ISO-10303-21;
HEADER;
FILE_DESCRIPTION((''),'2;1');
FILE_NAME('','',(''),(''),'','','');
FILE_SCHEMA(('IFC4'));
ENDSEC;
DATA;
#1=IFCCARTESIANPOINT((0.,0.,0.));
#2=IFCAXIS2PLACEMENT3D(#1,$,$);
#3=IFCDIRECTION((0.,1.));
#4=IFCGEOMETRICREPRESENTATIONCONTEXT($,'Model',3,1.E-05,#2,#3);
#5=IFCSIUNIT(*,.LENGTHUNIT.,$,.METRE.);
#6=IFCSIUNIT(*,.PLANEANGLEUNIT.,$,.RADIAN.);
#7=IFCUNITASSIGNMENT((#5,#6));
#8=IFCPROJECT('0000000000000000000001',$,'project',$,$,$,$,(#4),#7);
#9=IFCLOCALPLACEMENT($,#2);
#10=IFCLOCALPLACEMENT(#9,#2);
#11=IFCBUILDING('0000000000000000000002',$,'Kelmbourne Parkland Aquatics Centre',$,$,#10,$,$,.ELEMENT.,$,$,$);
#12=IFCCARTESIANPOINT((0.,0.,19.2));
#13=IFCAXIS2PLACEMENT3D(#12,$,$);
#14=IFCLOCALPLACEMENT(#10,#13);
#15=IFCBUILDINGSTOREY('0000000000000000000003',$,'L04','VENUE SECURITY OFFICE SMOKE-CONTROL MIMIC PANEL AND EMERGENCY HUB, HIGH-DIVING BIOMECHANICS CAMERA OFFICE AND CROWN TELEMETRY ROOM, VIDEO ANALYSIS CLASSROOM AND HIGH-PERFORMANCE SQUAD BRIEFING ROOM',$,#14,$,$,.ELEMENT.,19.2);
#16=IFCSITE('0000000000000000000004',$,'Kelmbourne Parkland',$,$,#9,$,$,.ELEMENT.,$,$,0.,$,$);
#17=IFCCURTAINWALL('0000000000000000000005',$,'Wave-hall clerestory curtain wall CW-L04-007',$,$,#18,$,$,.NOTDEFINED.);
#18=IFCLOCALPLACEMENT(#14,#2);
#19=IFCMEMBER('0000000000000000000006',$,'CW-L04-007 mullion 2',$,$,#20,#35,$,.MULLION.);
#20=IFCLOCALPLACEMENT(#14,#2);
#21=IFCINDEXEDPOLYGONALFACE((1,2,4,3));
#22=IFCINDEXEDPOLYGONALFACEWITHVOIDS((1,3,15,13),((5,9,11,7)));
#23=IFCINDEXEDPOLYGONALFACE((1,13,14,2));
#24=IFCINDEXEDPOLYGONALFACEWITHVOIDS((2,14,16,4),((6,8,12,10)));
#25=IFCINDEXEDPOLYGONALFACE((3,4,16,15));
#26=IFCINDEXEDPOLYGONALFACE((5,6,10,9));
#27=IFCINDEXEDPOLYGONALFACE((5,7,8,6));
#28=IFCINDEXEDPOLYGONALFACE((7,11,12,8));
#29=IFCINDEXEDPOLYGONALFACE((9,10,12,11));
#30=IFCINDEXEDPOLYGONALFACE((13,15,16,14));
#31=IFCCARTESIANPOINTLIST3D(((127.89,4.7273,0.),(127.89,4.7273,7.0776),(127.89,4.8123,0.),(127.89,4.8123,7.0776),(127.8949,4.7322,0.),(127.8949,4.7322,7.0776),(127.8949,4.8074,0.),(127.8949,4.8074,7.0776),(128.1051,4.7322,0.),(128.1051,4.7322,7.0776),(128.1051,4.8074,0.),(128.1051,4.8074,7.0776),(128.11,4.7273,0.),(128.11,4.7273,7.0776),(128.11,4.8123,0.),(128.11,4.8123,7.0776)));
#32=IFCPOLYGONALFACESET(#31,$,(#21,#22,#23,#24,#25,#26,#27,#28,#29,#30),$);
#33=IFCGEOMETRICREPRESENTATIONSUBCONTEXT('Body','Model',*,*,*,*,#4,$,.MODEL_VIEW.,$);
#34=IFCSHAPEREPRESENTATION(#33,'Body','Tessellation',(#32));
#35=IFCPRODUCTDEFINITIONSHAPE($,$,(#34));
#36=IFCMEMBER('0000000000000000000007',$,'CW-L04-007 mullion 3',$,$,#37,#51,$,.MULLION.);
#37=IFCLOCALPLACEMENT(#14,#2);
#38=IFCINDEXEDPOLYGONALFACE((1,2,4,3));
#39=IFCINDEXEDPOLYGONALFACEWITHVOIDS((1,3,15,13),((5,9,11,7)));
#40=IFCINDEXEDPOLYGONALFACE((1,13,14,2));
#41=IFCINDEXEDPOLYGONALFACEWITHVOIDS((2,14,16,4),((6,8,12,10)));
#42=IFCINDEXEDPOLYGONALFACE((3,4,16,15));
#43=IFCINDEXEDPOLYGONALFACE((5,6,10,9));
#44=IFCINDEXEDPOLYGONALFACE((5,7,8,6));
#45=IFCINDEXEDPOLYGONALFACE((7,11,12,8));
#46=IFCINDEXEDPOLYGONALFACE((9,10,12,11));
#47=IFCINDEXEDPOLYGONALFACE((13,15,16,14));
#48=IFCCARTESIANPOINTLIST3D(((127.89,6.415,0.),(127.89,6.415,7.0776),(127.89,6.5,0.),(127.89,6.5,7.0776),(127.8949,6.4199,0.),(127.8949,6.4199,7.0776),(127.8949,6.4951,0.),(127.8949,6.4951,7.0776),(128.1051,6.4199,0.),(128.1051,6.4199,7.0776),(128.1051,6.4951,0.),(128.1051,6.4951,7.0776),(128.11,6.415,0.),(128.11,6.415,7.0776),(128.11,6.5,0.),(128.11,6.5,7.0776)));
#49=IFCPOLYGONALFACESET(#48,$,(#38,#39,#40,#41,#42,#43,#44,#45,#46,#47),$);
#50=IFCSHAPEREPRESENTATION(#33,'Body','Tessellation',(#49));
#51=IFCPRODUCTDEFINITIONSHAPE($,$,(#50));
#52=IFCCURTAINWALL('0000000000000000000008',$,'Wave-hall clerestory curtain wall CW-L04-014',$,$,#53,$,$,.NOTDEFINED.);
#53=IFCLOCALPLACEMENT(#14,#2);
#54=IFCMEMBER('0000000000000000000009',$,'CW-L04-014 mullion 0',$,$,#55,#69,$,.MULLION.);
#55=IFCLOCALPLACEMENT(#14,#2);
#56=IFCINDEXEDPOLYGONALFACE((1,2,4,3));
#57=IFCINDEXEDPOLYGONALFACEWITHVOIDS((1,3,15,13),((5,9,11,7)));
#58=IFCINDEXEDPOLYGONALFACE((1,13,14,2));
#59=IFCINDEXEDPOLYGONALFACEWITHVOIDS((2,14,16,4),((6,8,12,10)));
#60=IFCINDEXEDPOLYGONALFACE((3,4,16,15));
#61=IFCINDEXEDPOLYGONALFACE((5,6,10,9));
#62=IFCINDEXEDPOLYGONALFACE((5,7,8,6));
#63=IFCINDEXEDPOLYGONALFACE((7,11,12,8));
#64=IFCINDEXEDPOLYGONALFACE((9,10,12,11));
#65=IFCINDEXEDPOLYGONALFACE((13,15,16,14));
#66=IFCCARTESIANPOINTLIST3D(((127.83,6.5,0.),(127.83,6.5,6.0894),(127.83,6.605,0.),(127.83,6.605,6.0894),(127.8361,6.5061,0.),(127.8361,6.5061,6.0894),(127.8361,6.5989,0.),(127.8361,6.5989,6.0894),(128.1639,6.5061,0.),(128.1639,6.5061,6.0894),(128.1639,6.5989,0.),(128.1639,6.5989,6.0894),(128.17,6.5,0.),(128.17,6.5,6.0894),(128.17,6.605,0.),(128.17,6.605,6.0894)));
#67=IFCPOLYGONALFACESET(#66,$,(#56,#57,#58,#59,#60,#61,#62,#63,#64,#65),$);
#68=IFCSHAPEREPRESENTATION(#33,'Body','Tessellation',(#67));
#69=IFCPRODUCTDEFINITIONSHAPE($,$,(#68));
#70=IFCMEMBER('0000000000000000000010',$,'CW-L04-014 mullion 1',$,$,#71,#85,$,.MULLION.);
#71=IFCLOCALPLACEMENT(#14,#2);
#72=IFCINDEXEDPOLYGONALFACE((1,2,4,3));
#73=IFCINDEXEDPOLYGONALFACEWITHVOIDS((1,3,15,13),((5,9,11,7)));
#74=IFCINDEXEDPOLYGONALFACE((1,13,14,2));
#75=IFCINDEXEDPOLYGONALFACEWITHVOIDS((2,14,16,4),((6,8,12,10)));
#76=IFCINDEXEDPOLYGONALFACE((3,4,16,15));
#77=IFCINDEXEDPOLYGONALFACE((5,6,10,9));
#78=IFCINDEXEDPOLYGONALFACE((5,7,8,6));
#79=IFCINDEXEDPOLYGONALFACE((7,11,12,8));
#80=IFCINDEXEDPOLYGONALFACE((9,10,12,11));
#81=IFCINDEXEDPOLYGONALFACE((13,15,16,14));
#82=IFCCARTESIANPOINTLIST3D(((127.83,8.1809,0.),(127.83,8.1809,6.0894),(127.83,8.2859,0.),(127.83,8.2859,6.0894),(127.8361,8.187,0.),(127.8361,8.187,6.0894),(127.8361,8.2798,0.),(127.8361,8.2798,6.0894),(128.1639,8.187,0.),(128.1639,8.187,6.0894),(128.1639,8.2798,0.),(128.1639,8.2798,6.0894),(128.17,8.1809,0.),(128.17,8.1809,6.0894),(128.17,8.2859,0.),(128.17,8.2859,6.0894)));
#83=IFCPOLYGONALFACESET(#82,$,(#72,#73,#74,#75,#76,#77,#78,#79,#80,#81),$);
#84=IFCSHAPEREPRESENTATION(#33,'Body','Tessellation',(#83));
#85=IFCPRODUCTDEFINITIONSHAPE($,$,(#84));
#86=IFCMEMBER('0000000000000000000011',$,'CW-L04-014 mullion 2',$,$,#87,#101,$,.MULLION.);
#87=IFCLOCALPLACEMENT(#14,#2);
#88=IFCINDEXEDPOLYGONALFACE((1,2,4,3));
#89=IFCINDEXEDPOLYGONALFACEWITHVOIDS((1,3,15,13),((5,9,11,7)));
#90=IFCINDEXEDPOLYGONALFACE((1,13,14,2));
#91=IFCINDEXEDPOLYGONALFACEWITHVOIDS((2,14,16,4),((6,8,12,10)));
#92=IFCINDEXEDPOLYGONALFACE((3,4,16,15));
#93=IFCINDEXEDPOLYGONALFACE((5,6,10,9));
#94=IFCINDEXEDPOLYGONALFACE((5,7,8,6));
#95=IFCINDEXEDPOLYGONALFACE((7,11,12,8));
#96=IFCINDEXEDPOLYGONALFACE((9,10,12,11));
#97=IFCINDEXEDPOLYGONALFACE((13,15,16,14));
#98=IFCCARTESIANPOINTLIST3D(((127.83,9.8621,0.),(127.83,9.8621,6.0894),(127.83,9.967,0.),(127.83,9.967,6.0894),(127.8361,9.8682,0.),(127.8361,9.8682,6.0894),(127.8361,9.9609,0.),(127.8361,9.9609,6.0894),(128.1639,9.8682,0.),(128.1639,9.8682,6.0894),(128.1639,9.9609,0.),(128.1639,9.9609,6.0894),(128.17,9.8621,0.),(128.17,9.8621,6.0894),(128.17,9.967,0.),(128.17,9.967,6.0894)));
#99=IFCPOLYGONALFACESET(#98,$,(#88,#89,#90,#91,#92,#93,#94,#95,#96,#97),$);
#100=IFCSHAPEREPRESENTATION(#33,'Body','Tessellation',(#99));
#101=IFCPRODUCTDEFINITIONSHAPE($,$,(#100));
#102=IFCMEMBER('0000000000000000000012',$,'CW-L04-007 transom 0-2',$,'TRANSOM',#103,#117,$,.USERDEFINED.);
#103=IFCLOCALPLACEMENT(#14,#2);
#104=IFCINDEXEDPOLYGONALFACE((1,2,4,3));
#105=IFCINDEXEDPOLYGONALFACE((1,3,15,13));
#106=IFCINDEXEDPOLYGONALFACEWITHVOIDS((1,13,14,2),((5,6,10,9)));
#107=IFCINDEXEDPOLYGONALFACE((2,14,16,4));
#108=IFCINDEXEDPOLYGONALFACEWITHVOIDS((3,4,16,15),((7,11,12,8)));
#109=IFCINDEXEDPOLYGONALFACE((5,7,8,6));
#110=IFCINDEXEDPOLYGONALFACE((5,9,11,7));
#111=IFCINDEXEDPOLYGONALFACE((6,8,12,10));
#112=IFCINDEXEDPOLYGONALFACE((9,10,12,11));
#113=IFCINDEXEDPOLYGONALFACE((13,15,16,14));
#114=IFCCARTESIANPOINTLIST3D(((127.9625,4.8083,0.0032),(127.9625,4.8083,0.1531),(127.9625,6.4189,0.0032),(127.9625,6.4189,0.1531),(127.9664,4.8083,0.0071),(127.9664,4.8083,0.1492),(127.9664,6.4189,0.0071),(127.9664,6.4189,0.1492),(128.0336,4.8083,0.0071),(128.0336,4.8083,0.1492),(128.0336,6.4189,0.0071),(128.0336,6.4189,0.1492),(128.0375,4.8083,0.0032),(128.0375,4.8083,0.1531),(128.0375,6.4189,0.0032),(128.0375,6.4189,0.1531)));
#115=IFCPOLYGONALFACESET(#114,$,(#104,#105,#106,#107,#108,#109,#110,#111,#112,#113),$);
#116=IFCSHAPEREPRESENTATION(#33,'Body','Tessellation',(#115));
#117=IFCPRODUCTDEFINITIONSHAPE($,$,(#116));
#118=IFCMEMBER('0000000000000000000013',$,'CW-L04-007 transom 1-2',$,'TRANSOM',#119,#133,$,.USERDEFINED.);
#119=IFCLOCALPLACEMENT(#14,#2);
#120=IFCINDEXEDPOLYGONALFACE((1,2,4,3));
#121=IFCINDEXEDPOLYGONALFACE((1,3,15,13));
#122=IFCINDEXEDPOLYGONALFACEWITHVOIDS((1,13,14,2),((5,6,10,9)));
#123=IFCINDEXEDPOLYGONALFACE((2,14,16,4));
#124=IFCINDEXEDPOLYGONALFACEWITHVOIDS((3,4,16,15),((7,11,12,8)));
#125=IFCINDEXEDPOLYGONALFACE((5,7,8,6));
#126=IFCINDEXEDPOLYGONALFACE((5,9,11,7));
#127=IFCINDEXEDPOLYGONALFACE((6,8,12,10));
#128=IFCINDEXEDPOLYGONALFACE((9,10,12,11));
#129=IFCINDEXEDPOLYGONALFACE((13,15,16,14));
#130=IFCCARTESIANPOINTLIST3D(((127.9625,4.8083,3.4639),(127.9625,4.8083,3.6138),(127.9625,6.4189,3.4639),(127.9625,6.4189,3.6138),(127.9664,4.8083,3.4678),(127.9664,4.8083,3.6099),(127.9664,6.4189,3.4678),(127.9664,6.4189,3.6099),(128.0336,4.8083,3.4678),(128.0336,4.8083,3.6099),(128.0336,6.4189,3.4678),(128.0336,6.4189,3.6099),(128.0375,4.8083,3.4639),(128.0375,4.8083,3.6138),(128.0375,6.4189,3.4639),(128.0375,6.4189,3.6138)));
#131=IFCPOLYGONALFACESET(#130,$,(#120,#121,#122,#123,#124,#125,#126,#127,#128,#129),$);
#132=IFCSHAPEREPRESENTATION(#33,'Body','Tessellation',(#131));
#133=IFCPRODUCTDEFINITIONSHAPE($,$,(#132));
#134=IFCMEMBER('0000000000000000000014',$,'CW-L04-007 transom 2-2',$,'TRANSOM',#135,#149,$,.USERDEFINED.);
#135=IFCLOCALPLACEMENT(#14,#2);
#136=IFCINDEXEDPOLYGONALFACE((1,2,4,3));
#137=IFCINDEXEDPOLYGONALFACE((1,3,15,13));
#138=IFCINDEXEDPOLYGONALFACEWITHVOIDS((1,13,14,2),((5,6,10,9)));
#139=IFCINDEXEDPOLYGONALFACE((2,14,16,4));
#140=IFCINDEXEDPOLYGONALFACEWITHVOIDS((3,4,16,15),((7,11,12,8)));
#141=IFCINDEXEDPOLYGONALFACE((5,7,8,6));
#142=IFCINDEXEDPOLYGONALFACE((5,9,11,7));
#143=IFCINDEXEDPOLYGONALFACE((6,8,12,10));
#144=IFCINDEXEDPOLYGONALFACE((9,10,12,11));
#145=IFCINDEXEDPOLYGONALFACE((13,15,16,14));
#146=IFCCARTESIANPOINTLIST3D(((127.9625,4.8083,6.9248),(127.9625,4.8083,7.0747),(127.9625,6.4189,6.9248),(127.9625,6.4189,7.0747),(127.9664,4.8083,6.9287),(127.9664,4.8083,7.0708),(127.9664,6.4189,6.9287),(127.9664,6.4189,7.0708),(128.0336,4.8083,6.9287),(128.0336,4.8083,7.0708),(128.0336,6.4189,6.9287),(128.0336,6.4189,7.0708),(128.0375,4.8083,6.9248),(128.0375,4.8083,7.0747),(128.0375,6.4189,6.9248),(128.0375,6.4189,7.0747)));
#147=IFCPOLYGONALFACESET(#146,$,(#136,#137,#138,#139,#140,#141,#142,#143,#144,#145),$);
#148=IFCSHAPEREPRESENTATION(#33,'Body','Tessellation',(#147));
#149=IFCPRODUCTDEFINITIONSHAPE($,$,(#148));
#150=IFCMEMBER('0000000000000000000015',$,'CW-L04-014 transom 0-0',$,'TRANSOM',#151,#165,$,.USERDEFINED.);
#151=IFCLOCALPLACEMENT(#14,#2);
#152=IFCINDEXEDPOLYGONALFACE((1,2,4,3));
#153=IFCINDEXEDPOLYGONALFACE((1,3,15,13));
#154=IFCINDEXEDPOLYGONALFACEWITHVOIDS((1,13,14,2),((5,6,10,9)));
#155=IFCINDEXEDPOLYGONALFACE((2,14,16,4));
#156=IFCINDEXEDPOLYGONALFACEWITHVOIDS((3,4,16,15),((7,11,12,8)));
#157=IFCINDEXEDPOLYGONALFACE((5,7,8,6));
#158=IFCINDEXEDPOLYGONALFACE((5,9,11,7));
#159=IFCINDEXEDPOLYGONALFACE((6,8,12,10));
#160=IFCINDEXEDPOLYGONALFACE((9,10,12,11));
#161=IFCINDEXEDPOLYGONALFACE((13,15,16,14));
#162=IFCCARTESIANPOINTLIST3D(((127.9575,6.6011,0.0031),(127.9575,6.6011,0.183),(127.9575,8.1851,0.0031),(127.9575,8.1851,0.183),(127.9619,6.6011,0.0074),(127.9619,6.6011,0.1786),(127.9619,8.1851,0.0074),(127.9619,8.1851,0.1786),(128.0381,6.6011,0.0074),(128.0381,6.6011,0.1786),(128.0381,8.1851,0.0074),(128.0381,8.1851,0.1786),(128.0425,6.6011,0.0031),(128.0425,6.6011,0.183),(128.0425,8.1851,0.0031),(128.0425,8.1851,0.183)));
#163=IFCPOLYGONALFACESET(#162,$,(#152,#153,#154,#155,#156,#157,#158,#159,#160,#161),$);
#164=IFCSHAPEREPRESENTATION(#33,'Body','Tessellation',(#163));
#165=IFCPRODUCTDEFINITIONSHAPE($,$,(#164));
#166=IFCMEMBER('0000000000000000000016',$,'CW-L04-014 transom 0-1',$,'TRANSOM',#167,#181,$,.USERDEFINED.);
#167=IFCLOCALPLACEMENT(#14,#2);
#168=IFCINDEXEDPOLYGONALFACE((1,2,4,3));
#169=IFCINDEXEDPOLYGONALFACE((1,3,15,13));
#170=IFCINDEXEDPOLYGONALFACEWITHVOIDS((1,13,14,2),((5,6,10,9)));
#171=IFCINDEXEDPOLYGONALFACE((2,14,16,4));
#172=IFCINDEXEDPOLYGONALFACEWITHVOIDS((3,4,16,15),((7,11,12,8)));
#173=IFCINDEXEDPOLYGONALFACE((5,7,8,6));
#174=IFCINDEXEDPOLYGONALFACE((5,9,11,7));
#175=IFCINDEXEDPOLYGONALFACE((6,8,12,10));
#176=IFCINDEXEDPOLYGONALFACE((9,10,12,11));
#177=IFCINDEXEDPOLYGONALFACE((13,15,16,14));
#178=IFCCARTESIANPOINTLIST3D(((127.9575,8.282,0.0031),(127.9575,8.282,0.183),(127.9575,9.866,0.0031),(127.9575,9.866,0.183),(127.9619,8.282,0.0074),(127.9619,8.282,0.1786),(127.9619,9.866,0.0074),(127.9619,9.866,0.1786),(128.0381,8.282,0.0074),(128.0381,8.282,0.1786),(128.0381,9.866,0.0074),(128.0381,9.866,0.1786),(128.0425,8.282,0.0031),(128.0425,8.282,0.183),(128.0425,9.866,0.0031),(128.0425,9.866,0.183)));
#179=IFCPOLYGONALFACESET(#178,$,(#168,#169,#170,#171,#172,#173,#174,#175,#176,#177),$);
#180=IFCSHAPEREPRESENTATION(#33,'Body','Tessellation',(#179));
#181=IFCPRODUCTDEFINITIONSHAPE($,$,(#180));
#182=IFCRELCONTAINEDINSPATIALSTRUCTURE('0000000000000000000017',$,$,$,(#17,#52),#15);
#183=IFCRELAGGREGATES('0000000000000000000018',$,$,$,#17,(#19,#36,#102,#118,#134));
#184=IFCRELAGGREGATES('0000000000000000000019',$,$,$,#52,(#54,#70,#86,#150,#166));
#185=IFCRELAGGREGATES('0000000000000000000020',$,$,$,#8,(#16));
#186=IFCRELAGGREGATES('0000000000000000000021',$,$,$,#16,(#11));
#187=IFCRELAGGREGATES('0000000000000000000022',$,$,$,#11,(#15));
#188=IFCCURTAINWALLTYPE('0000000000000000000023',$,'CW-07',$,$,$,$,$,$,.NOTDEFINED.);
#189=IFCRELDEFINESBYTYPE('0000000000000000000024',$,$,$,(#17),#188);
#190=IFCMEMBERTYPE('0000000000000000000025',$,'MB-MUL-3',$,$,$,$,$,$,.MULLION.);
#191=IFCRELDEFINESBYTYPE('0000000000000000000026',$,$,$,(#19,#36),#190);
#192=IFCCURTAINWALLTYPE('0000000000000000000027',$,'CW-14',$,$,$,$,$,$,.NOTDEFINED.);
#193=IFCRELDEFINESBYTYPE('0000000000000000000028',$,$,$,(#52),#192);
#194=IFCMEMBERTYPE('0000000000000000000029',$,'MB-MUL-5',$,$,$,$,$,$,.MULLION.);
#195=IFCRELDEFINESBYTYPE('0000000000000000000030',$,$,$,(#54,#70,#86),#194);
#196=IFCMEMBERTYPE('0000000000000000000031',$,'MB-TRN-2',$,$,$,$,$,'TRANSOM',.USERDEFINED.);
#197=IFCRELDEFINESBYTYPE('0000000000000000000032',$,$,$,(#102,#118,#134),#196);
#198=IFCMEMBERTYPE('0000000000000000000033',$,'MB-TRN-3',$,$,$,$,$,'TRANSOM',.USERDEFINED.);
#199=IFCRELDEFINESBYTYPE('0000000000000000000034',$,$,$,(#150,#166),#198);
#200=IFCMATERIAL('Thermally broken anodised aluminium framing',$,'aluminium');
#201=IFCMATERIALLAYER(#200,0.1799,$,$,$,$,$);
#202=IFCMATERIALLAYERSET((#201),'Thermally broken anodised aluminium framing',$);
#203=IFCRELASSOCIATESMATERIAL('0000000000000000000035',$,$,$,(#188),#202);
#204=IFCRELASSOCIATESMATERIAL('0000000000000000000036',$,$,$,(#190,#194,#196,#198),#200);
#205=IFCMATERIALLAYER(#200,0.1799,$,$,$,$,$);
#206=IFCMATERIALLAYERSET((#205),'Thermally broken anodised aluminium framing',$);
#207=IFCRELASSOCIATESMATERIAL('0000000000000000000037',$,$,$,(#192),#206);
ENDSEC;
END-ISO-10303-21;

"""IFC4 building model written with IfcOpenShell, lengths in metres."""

from ifc_helpers import new_model, si_unit, direction, frame, origin, origin_2d, place, context, subcontext, project, spatial, hollow_rectangle, extrude, material, layer, layer_set, material_profile, profile_set, type_object, element, aggregate, save


model = new_model("IFC4")

# Units and contexts
model_context = context("Model", 3, precision=1e-05, world=origin(), true_north=direction((0.0, 1.0)))
body_context = subcontext(model_context, "Body", "Model", "MODEL_VIEW")
ifc_project = project(units=[si_unit("LENGTHUNIT", "METRE"), si_unit("PLANEANGLEUNIT", "RADIAN")], contexts=[model_context])

# Site, building, storey
site_placement = place(None, origin())
site = spatial("IfcSite", under=ifc_project, at=site_placement, Name="Kelmbourne Parkland", CompositionType="ELEMENT", RefElevation=0.0)
building_placement = place(site_placement, origin())
building = spatial("IfcBuilding", under=site, at=building_placement, Name="Kelmbourne Parkland Aquatics Centre", CompositionType="ELEMENT")
storey_placement = place(building_placement, frame((0.0, 0.0, 19.2)))
storey = spatial("IfcBuildingStorey", under=building, at=storey_placement, Name="L04", Description="VENUE SECURITY OFFICE SMOKE-CONTROL MIMIC PANEL AND EMERGENCY HUB, HIGH-DIVING BIOMECHANICS CAMERA OFFICE AND CROWN TELEMETRY ROOM, VIDEO ANALYSIS CLASSROOM AND HIGH-PERFORMANCE SQUAD BRIEFING ROOM", CompositionType="ELEMENT", Elevation=19.2)

# Curtain walls, members
ifc_material_1 = material(Name="Thermally broken anodised aluminium framing", Category="aluminium")
ifc_layer_1 = layer(ifc_material_1, 0.1799)
ifc_layer_set_1 = layer_set([ifc_layer_1], Name="Thermally broken anodised aluminium framing")
curtain_wall_type_1 = type_object("IfcCurtainWallType", Name="CW-07", PredefinedType="NOTDEFINED", material=ifc_layer_set_1)
curtain_wall_1_placement = place(storey_placement, origin())
curtain_wall_1 = element("IfcCurtainWall", 1, at=curtain_wall_1_placement, inside=storey, type_object=curtain_wall_type_1, Name="Wave-hall clerestory curtain wall CW-L04-007", PredefinedType="NOTDEFINED")
ifc_material_profile_1 = material_profile(ifc_material_1, hollow_rectangle(XDim=0.085, YDim=0.22, WallThickness=0.0049, at=origin_2d()), Name="CW-M 85x220")
ifc_profile_set_1 = profile_set([ifc_material_profile_1], Name="Thermally broken anodised aluminium framing")
member_type_1 = type_object("IfcMemberType", Name="MB-MUL-3", PredefinedType="MULLION", material=ifc_profile_set_1)
member_1_placement = place(storey_placement, frame((128.0, 4.7698, 0.0), z_axis=(0.0, 0.0, 1.0), x_axis=(0.0, 1.0, 0.0)))
member_1 = element("IfcMember", 2, at=member_1_placement, type_object=member_type_1, Name="CW-L04-007 mullion 2", PredefinedType="MULLION", context=body_context, shape_type="SweptSolid", body=[
    extrude(hollow_rectangle(XDim=0.085, YDim=0.22, WallThickness=0.0049, at=origin_2d()), origin(), (0.0, 0.0, 1.0), 7.0776),
])
member_2_placement = place(storey_placement, frame((128.0, 6.4575, 0.0), z_axis=(0.0, 0.0, 1.0), x_axis=(0.0, 1.0, 0.0)))
member_2 = element("IfcMember", 3, at=member_2_placement, type_object=member_type_1, Name="CW-L04-007 mullion 3", PredefinedType="MULLION", context=body_context, shape_type="SweptSolid", body=[
    extrude(hollow_rectangle(XDim=0.085, YDim=0.22, WallThickness=0.0049, at=origin_2d()), origin(), (0.0, 0.0, 1.0), 7.0776),
])
ifc_layer_2 = layer(ifc_material_1, 0.1799)
ifc_layer_set_2 = layer_set([ifc_layer_2], Name="Thermally broken anodised aluminium framing")
curtain_wall_type_2 = type_object("IfcCurtainWallType", Name="CW-14", PredefinedType="NOTDEFINED", material=ifc_layer_set_2)
curtain_wall_2_placement = place(storey_placement, origin())
curtain_wall_2 = element("IfcCurtainWall", 4, at=curtain_wall_2_placement, inside=storey, type_object=curtain_wall_type_2, Name="Wave-hall clerestory curtain wall CW-L04-014", PredefinedType="NOTDEFINED")
ifc_material_profile_2 = material_profile(ifc_material_1, hollow_rectangle(XDim=0.105, YDim=0.3401, WallThickness=0.0061, at=origin_2d()), Name="CW-M 105x340")
ifc_profile_set_2 = profile_set([ifc_material_profile_2], Name="Thermally broken anodised aluminium framing")
member_type_2 = type_object("IfcMemberType", Name="MB-MUL-5", PredefinedType="MULLION", material=ifc_profile_set_2)
member_3_placement = place(storey_placement, frame((128.0, 6.5525, 0.0), z_axis=(0.0, 0.0, 1.0), x_axis=(0.0, 1.0, 0.0)))
member_3 = element("IfcMember", 5, at=member_3_placement, type_object=member_type_2, Name="CW-L04-014 mullion 0", PredefinedType="MULLION", context=body_context, shape_type="SweptSolid", body=[
    extrude(hollow_rectangle(XDim=0.105, YDim=0.3401, WallThickness=0.0061, at=origin_2d()), origin(), (0.0, 0.0, 1.0), 6.0894),
])
member_4_placement = place(storey_placement, frame((128.0, 8.2334, 0.0), z_axis=(0.0, 0.0, 1.0), x_axis=(0.0, 1.0, 0.0)))
member_4 = element("IfcMember", 6, at=member_4_placement, type_object=member_type_2, Name="CW-L04-014 mullion 1", PredefinedType="MULLION", context=body_context, shape_type="SweptSolid", body=[
    extrude(hollow_rectangle(XDim=0.105, YDim=0.3401, WallThickness=0.0061, at=origin_2d()), origin(), (0.0, 0.0, 1.0), 6.0894),
])
member_5_placement = place(storey_placement, frame((128.0, 9.9146, 0.0), z_axis=(0.0, 0.0, 1.0), x_axis=(0.0, 1.0, 0.0)))
member_5 = element("IfcMember", 7, at=member_5_placement, type_object=member_type_2, Name="CW-L04-014 mullion 2", PredefinedType="MULLION", context=body_context, shape_type="SweptSolid", body=[
    extrude(hollow_rectangle(XDim=0.105, YDim=0.3401, WallThickness=0.0061, at=origin_2d()), origin(), (0.0, 0.0, 1.0), 6.0894),
])

# Members
ifc_material_profile_3 = material_profile(ifc_material_1, hollow_rectangle(XDim=0.075, YDim=0.1499, WallThickness=0.0039, at=origin_2d()), Name="CW-T 75x150")
ifc_profile_set_3 = profile_set([ifc_material_profile_3], Name="Thermally broken anodised aluminium framing")
member_type_3 = type_object("IfcMemberType", Name="MB-TRN-2", ElementType="TRANSOM", PredefinedType="USERDEFINED", material=ifc_profile_set_3)
member_6_placement = place(storey_placement, frame((128.0, 4.8083, 0.0781), z_axis=(0.0, 1.0, 0.0), x_axis=(-1.0, 0.0, 0.0)))
member_6 = element("IfcMember", 8, at=member_6_placement, type_object=member_type_3, Name="CW-L04-007 transom 0-2", ObjectType="TRANSOM", PredefinedType="USERDEFINED", context=body_context, shape_type="SweptSolid", body=[
    extrude(hollow_rectangle(XDim=0.075, YDim=0.1499, WallThickness=0.0039, at=origin_2d()), origin(), (0.0, 0.0, 1.0), 1.6106),
])
member_7_placement = place(storey_placement, frame((128.0, 4.8083, 3.5388), z_axis=(0.0, 1.0, 0.0), x_axis=(-1.0, 0.0, 0.0)))
member_7 = element("IfcMember", 9, at=member_7_placement, type_object=member_type_3, Name="CW-L04-007 transom 1-2", ObjectType="TRANSOM", PredefinedType="USERDEFINED", context=body_context, shape_type="SweptSolid", body=[
    extrude(hollow_rectangle(XDim=0.075, YDim=0.1499, WallThickness=0.0039, at=origin_2d()), origin(), (0.0, 0.0, 1.0), 1.6106),
])
member_8_placement = place(storey_placement, frame((128.0, 4.8083, 6.9998), z_axis=(0.0, 1.0, 0.0), x_axis=(-1.0, 0.0, 0.0)))
member_8 = element("IfcMember", 10, at=member_8_placement, type_object=member_type_3, Name="CW-L04-007 transom 2-2", ObjectType="TRANSOM", PredefinedType="USERDEFINED", context=body_context, shape_type="SweptSolid", body=[
    extrude(hollow_rectangle(XDim=0.075, YDim=0.1499, WallThickness=0.0039, at=origin_2d()), origin(), (0.0, 0.0, 1.0), 1.6106),
])
ifc_material_profile_4 = material_profile(ifc_material_1, hollow_rectangle(XDim=0.085, YDim=0.1799, WallThickness=0.0044, at=origin_2d()), Name="CW-T 85x180")
ifc_profile_set_4 = profile_set([ifc_material_profile_4], Name="Thermally broken anodised aluminium framing")
member_type_4 = type_object("IfcMemberType", Name="MB-TRN-3", ElementType="TRANSOM", PredefinedType="USERDEFINED", material=ifc_profile_set_4)
member_9_placement = place(storey_placement, frame((128.0, 6.6011, 0.093), z_axis=(0.0, 1.0, 0.0), x_axis=(-1.0, 0.0, 0.0)))
member_9 = element("IfcMember", 11, at=member_9_placement, type_object=member_type_4, Name="CW-L04-014 transom 0-0", ObjectType="TRANSOM", PredefinedType="USERDEFINED", context=body_context, shape_type="SweptSolid", body=[
    extrude(hollow_rectangle(XDim=0.085, YDim=0.1799, WallThickness=0.0044, at=origin_2d()), origin(), (0.0, 0.0, 1.0), 1.584),
])
member_10_placement = place(storey_placement, frame((128.0, 8.282, 0.093), z_axis=(0.0, 1.0, 0.0), x_axis=(-1.0, 0.0, 0.0)))
member_10 = element("IfcMember", 12, at=member_10_placement, type_object=member_type_4, Name="CW-L04-014 transom 0-1", ObjectType="TRANSOM", PredefinedType="USERDEFINED", context=body_context, shape_type="SweptSolid", body=[
    extrude(hollow_rectangle(XDim=0.085, YDim=0.1799, WallThickness=0.0044, at=origin_2d()), origin(), (0.0, 0.0, 1.0), 1.584),
])

aggregate(curtain_wall_1, [member_1, member_2, member_6, member_7, member_8])
aggregate(curtain_wall_2, [member_3, member_4, member_5, member_9, member_10])

save(model, "model.ifc")
